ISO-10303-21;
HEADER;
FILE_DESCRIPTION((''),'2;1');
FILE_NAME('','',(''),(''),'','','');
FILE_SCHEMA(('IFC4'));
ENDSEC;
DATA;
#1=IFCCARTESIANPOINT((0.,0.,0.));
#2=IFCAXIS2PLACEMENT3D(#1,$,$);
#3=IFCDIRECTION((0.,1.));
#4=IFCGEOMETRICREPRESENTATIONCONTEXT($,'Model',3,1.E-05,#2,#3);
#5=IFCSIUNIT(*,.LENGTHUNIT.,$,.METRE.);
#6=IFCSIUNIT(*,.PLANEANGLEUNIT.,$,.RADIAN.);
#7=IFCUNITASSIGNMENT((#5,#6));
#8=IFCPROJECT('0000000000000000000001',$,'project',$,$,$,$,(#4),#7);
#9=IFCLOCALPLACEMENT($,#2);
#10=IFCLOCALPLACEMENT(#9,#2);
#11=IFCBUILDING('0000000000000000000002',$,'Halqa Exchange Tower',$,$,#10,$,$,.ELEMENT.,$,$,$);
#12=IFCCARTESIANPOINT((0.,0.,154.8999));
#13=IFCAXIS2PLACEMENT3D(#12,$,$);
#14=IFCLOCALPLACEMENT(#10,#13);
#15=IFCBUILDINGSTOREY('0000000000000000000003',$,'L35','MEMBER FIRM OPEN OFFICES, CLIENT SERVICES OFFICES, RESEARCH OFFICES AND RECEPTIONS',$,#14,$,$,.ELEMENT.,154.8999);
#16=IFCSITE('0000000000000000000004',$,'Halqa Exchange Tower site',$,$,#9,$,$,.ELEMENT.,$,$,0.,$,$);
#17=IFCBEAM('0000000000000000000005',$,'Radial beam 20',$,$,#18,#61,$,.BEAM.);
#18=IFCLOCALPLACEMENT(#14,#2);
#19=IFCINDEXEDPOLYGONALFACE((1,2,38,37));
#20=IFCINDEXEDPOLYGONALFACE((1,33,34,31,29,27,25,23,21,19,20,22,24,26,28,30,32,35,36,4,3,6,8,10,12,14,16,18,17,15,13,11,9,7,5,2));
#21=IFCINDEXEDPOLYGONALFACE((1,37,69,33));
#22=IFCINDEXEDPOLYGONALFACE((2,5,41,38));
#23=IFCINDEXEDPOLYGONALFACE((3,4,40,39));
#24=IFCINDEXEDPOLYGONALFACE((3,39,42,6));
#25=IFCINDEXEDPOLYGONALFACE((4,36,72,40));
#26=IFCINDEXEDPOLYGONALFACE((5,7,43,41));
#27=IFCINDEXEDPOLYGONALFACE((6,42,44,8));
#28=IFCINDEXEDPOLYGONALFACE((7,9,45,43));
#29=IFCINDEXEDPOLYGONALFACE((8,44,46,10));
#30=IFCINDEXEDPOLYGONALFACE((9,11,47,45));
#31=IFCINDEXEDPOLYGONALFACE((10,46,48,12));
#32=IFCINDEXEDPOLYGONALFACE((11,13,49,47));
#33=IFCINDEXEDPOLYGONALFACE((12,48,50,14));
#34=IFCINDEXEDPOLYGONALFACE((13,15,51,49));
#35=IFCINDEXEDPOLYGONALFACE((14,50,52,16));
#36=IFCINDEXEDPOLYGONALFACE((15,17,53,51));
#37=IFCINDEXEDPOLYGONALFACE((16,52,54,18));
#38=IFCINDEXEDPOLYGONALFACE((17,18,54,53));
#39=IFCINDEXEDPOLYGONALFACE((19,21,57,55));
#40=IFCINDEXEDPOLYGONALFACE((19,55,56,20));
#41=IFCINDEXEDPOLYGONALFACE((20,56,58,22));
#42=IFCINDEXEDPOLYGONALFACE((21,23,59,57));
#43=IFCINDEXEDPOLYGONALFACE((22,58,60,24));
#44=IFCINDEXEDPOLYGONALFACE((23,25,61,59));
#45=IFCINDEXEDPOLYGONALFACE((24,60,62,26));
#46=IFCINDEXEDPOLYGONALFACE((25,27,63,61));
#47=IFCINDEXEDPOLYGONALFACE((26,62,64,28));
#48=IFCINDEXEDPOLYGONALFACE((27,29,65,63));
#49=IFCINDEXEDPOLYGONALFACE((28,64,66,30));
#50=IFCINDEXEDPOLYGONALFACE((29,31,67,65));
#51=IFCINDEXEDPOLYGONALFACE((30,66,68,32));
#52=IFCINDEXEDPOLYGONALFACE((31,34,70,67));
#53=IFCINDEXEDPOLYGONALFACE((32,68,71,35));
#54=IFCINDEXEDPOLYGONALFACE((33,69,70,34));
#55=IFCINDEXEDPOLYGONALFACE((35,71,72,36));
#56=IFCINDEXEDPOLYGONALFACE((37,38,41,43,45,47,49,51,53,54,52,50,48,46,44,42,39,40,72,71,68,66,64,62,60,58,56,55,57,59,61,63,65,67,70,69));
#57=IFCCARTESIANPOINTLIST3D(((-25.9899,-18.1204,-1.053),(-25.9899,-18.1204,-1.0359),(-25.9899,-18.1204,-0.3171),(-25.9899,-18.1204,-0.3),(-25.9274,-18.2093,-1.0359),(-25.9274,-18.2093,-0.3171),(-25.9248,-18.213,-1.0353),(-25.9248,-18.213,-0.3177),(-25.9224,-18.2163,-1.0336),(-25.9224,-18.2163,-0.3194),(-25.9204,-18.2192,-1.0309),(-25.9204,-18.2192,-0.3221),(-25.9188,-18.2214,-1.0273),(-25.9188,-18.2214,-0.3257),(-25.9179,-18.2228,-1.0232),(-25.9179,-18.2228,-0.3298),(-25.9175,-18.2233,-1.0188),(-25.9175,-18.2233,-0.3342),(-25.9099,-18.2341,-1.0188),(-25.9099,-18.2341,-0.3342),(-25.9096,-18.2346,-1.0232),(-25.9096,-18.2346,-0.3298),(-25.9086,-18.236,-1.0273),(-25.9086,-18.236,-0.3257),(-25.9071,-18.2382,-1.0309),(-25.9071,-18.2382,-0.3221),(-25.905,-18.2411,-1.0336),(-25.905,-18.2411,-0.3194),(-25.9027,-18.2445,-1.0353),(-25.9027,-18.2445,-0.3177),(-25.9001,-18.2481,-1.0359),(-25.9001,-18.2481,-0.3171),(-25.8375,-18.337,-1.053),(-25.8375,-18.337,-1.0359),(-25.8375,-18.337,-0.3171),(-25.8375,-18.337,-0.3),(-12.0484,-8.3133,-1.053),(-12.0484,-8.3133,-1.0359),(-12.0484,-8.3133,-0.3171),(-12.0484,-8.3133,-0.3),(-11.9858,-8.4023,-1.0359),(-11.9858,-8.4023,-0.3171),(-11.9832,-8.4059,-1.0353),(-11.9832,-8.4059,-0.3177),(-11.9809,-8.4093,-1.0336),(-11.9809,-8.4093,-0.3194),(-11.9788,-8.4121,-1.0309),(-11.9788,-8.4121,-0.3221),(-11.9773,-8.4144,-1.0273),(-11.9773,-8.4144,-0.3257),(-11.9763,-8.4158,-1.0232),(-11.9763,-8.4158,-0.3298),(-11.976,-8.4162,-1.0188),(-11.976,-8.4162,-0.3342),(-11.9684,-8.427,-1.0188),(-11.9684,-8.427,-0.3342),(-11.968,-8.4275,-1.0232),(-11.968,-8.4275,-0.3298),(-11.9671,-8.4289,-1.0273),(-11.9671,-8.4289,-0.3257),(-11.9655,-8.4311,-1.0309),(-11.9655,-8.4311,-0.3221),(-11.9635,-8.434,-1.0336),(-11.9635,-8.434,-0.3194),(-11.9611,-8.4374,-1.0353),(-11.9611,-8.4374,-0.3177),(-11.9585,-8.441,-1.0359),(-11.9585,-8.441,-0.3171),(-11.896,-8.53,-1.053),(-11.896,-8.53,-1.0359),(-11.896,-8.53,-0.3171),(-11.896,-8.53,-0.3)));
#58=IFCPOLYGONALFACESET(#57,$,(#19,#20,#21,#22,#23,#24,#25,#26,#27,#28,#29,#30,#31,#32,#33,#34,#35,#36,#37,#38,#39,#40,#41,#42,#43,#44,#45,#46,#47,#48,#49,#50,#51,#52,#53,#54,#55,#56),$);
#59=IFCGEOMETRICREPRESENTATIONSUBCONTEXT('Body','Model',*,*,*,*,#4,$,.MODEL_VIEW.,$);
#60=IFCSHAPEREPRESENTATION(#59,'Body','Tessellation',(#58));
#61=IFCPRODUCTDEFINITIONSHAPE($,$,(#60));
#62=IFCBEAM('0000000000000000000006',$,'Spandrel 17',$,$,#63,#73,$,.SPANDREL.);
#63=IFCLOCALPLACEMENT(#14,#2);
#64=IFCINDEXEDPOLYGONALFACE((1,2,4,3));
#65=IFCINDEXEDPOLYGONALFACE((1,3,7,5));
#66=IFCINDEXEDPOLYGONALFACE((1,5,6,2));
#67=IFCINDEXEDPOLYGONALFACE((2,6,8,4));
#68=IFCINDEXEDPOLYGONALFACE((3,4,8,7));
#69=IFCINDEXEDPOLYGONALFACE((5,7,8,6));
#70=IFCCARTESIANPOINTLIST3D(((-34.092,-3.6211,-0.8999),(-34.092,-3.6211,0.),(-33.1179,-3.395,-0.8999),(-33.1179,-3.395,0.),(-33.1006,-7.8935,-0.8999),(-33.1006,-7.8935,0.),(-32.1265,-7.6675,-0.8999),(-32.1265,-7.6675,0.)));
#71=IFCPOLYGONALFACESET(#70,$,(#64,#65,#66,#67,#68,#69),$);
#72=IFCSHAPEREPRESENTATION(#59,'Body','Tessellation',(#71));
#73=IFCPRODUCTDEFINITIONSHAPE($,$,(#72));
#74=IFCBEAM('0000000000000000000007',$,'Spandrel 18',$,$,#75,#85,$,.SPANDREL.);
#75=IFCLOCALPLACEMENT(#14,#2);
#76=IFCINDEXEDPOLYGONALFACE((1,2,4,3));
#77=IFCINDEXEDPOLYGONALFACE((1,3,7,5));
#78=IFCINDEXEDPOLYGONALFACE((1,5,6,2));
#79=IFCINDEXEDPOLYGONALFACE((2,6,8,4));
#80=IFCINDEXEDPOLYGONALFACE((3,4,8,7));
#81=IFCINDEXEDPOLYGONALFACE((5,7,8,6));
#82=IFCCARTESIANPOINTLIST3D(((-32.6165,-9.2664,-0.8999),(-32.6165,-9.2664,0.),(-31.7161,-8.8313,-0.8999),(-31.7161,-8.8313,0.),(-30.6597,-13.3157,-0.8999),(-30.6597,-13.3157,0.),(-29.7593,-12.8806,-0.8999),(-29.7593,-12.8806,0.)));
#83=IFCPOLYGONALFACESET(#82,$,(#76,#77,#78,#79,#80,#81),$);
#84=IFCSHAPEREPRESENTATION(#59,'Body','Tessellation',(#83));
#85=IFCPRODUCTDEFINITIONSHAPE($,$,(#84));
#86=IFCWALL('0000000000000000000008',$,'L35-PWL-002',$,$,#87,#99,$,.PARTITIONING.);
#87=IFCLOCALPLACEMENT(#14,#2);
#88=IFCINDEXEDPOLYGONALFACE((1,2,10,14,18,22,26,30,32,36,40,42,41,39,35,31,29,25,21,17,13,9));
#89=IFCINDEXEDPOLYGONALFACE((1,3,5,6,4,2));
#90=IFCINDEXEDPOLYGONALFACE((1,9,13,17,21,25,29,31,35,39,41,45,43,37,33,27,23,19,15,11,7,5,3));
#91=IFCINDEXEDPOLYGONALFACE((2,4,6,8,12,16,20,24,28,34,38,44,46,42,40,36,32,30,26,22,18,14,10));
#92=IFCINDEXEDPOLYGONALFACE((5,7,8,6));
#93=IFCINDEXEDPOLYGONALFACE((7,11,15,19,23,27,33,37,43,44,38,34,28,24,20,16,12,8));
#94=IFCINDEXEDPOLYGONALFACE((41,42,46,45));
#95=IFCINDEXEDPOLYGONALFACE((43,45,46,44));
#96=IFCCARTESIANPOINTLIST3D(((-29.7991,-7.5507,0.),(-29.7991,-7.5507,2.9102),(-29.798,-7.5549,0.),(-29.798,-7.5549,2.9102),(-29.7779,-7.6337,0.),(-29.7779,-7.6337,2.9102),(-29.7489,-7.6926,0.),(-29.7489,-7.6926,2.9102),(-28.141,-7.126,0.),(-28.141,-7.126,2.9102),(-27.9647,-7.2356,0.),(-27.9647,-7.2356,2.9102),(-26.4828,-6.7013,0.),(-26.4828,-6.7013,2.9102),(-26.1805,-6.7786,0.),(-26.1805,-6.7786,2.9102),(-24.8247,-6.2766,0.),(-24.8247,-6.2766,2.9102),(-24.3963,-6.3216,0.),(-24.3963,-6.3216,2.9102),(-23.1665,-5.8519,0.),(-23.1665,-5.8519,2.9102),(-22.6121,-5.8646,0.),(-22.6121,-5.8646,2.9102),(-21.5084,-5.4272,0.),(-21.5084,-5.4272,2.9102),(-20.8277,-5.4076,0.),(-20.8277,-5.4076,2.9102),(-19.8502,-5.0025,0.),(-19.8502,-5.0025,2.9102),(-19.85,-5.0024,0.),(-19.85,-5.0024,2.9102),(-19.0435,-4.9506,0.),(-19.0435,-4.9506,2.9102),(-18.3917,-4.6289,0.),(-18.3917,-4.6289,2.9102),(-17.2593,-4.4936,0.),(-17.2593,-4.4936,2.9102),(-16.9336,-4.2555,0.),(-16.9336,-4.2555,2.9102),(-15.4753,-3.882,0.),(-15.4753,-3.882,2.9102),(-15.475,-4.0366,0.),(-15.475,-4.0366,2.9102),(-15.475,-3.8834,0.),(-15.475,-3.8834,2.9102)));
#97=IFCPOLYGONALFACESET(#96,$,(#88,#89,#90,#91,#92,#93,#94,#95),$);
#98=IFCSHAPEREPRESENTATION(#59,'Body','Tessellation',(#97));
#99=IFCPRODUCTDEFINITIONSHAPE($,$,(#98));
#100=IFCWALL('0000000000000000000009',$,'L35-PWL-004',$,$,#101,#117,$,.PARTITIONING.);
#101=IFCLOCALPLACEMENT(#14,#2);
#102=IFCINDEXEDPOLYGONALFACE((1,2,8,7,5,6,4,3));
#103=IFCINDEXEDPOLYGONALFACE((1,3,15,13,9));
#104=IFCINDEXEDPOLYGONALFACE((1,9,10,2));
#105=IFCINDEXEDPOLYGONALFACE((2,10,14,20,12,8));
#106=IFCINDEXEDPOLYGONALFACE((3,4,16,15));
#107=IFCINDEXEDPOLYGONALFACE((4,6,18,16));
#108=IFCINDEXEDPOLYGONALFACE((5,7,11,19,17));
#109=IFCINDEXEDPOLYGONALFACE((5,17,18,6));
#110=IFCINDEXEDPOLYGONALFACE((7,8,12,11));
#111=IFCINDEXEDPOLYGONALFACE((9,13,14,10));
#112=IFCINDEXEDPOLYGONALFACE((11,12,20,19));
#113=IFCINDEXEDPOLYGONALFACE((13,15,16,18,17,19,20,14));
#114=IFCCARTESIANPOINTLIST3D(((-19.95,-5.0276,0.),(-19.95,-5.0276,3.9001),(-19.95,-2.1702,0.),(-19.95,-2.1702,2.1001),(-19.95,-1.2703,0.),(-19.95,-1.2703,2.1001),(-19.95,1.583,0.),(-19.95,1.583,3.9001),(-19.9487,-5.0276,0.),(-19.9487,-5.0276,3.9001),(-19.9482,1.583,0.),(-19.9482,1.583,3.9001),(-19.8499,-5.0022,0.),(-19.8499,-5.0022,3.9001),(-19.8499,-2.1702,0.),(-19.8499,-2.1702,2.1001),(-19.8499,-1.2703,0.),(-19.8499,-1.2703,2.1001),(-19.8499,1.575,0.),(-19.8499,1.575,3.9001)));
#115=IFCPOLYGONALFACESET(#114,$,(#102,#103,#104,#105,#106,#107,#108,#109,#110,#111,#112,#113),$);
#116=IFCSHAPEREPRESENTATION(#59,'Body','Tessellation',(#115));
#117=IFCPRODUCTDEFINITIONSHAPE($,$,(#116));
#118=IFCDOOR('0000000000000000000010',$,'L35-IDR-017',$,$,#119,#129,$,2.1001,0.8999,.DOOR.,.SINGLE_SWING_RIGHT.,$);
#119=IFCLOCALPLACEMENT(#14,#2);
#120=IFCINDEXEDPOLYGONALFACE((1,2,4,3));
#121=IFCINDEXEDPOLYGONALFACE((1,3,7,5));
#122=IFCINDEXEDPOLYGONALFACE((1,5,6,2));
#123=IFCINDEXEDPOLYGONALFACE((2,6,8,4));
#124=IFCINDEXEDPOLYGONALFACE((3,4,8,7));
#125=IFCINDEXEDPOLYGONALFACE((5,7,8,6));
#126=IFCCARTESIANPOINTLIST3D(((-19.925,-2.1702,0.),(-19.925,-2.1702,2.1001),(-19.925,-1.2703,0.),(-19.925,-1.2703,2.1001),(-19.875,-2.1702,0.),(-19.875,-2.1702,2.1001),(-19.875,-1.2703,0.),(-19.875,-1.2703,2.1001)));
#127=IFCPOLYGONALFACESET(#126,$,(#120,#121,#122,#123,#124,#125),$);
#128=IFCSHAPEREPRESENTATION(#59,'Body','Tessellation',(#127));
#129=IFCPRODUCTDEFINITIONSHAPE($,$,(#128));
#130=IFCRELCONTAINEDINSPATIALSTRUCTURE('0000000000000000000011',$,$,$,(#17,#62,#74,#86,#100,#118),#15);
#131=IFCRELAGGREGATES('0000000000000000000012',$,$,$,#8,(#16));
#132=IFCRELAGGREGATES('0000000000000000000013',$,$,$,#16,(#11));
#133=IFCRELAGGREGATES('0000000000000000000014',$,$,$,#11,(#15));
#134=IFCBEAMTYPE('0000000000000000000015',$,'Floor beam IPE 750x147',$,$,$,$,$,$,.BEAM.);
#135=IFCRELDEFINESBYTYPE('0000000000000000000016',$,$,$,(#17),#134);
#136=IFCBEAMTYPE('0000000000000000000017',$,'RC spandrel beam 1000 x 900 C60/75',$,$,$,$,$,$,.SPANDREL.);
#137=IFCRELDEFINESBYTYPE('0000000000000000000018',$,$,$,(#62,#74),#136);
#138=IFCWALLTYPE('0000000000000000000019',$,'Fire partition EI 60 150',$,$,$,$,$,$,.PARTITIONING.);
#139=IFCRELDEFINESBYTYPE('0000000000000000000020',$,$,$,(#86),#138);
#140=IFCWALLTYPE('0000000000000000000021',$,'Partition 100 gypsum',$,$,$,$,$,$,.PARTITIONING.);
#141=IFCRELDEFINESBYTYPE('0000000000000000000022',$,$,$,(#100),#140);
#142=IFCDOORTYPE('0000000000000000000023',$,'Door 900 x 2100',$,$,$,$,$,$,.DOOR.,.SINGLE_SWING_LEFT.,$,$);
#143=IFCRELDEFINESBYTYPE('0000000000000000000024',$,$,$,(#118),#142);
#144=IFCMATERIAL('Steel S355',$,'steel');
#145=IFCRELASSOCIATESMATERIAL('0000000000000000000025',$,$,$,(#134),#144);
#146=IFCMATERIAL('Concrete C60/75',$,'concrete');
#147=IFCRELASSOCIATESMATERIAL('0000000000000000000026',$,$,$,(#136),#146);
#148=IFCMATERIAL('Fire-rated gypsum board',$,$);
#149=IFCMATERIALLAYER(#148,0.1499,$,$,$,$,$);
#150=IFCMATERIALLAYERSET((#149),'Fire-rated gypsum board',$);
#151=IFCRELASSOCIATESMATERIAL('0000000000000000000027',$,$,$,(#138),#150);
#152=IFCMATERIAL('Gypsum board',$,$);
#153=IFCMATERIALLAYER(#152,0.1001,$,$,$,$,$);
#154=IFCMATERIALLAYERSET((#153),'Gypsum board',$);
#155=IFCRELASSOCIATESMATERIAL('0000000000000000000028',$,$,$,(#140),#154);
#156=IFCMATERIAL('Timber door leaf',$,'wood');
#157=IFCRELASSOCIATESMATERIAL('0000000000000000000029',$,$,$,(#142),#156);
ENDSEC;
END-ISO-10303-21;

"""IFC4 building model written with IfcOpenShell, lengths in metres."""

from ifc_helpers import new_model, si_unit, direction, frame, frame_2d, origin, origin_2d, place, context, subcontext, project, spatial, polyline, rectangle, i_section, outline, extrude, material, layer, layer_set, material_profile, profile_set, type_object, element, fill, save


model = new_model("IFC4")

# Units and contexts
model_context = context("Model", 3, precision=1e-05, world=origin(), true_north=direction((0.0, 1.0)))
body_context = subcontext(model_context, "Body", "Model", "MODEL_VIEW")
ifc_project = project(units=[si_unit("LENGTHUNIT", "METRE"), si_unit("PLANEANGLEUNIT", "RADIAN")], contexts=[model_context])

# Site, building, storey
site_placement = place(None, origin())
site = spatial("IfcSite", under=ifc_project, at=site_placement, Name="Halqa Exchange Tower site", CompositionType="ELEMENT", RefElevation=0.0)
building_placement = place(site_placement, origin())
building = spatial("IfcBuilding", under=site, at=building_placement, Name="Halqa Exchange Tower", CompositionType="ELEMENT")
storey_placement = place(building_placement, frame((0.0, 0.0, 154.8999)))
storey = spatial("IfcBuildingStorey", under=building, at=storey_placement, Name="L35", Description="MEMBER FIRM OPEN OFFICES, CLIENT SERVICES OFFICES, RESEARCH OFFICES AND RECEPTIONS", CompositionType="ELEMENT", Elevation=154.8999)

# Beams
ifc_material_1 = material(Name="Steel S355", Category="steel")
ifc_material_profile_1 = material_profile(ifc_material_1, i_section(OverallWidth=0.2649, OverallDepth=0.7529, WebThickness=0.0132, FlangeThickness=0.0171, FilletRadius=0.0171, at=origin_2d()), Name="IPE 750x147")
ifc_profile_set_1 = profile_set([ifc_material_profile_1], Name="Steel S355")
beam_type_1 = type_object("IfcBeamType", Name="Floor beam IPE 750x147", PredefinedType="BEAM", material=ifc_profile_set_1)
beam_1_placement = place(storey_placement, frame((-11.9722, -8.4216, -0.6765), z_axis=(-0.817908, -0.57535, 0.0), x_axis=(0.57535, -0.817908, 0.0)))
element("IfcBeam", 1, at=beam_1_placement, inside=storey, type_object=beam_type_1, Name="Radial beam 20", PredefinedType="BEAM", context=body_context, shape_type="SweptSolid", body=[
    extrude(i_section(OverallWidth=0.2649, OverallDepth=0.7529, WebThickness=0.0132, FlangeThickness=0.0171, FilletRadius=0.0171, at=origin_2d()), origin(), (0.0, 0.0, 1.0), 17.0454),
])
ifc_material_2 = material(Name="Concrete C60/75", Category="concrete")
ifc_material_profile_2 = material_profile(ifc_material_2, rectangle(XDim=1.0, YDim=0.8999, at=origin_2d()), Name="1000 x 900")
ifc_profile_set_2 = profile_set([ifc_material_profile_2], Name="Concrete C60/75")
beam_type_2 = type_object("IfcBeamType", Name="RC spandrel beam 1000 x 900 C60/75", PredefinedType="SPANDREL", material=ifc_profile_set_2)
beam_2_placement = place(storey_placement, frame((-33.605, -3.5081, -0.45), z_axis=(0.22605, -0.974116, 0.0), x_axis=(0.974116, 0.22605, 0.0)))
element("IfcBeam", 2, at=beam_2_placement, inside=storey, type_object=beam_type_2, Name="Spandrel 17", PredefinedType="SPANDREL", context=body_context, shape_type="SweptSolid", body=[
    extrude(rectangle(XDim=1.0, YDim=0.8999, at=origin_2d()), origin(), (0.0, 0.0, 1.0), 4.386),
])
beam_3_placement = place(storey_placement, frame((-32.1663, -9.0488, -0.45), z_axis=(0.4351, -0.900382, 0.0), x_axis=(0.900382, 0.4351, 0.0)))
element("IfcBeam", 3, at=beam_3_placement, inside=storey, type_object=beam_type_2, Name="Spandrel 18", PredefinedType="SPANDREL", context=body_context, shape_type="SweptSolid", body=[
    extrude(rectangle(XDim=1.0, YDim=0.8999, at=origin_2d()), origin(), (0.0, 0.0, 1.0), 4.4973),
])

# Wall
ifc_material_3 = material(Name="Fire-rated gypsum board")
ifc_layer_1 = layer(ifc_material_3, 0.1499)
ifc_layer_set_1 = layer_set([ifc_layer_1], Name="Fire-rated gypsum board")
wall_type_1 = type_object("IfcWallType", Name="Fire partition EI 60 150", PredefinedType="PARTITIONING", material=ifc_layer_set_1)
wall_1_placement = place(storey_placement, frame((-29.7805, -7.6233, 0.0), z_axis=(0.0, 0.0, 1.0), x_axis=(0.96873, 0.248118, 0.0)))
element("IfcWall", 4, at=wall_1_placement, inside=storey, type_object=wall_type_1, Name="L35-PWL-002", PredefinedType="PARTITIONING", context=body_context, shape_type="SweptSolid", body=[
    extrude(outline(polyline([(0.0134, -0.075), (1.8552, -0.075), (3.697, -0.075), (5.5388, -0.075), (7.3806, -0.075), (9.2227, -0.075), (11.0645, -0.075), (12.9062, -0.075), (14.748, -0.075), (14.7861, 0.0735), (14.7861, 0.075), (13.2808, 0.075), (11.7756, 0.075), (10.2703, 0.075), (10.2703, 0.075), (10.27, 0.075), (8.5583, 0.075), (6.8467, 0.075), (5.135, 0.075), (3.4233, 0.075), (1.7117, 0.075), (0.0, 0.075), (0.0, 0.0706), (0.0, -0.0107), (0.0134, -0.075)])), origin(), (0.0, 0.0, 1.0), 2.9102),
])

# Wall, opening, door
ifc_material_4 = material(Name="Gypsum board")
ifc_layer_2 = layer(ifc_material_4, 0.1001)
ifc_layer_set_2 = layer_set([ifc_layer_2], Name="Gypsum board")
wall_type_2 = type_object("IfcWallType", Name="Partition 100 gypsum", PredefinedType="PARTITIONING", material=ifc_layer_set_2)
wall_2_placement = place(storey_placement, frame((-19.8999, -5.0276, 0.0), z_axis=(0.0, 0.0, 1.0), x_axis=(0.0, 1.0, 0.0)))
wall_2 = element("IfcWall", 5, at=wall_2_placement, inside=storey, type_object=wall_type_2, Name="L35-PWL-004", PredefinedType="PARTITIONING", context=body_context, shape_type="SweptSolid", body=[
    extrude(outline(polyline([(0.0254, -0.05), (1.6697, -0.05), (3.314, -0.05), (4.9583, -0.05), (6.6025, -0.05), (6.6106, 0.0483), (6.6106, 0.05), (4.958, 0.05), (3.3052, 0.05), (1.6526, 0.05), (0.0, 0.05), (0.0, 0.0488), (0.0254, -0.05)])), origin(), (0.0, 0.0, 1.0), 3.9001),
])
opening_1_placement = place(wall_2_placement, frame((2.8574, 0.0, 0.0)))
opening_1 = element("IfcOpeningElement", 6, at=opening_1_placement, cuts=wall_2, PredefinedType="OPENING", context=body_context, shape_type="SweptSolid", body=[
    extrude(rectangle(XDim=0.8999, YDim=2.1001, at=frame_2d((0.45, 1.05))), frame((0.0, 0.062, 0.0), z_axis=(0.0, -1.0, 0.0), x_axis=(1.0, 0.0, 0.0)), (0.0, 0.0, 1.0), 0.124),
])
ifc_material_5 = material(Name="Timber door leaf", Category="wood")
door_type_1 = type_object("IfcDoorType", Name="Door 900 x 2100", OperationType="SINGLE_SWING_LEFT", PredefinedType="DOOR", material=ifc_material_5)
door_1_placement = place(opening_1_placement, frame((0.8999, 0.0, 0.0), z_axis=(0.0, 0.0, 1.0), x_axis=(-1.0, 0.0, 0.0)))
door_1 = element("IfcDoor", 7, at=door_1_placement, inside=storey, type_object=door_type_1, Name="L35-IDR-017", OperationType="SINGLE_SWING_RIGHT", OverallHeight=2.1001, OverallWidth=0.8999, PredefinedType="DOOR", context=body_context, shape_type="SweptSolid", body=[
    extrude(rectangle(XDim=0.8999, YDim=2.1001, at=frame_2d((0.45, 1.05))), frame((0.0, 0.0249, 0.0), z_axis=(0.0, -1.0, 0.0), x_axis=(1.0, 0.0, 0.0)), (0.0, 0.0, 1.0), 0.05),
])
fill(opening_1, door_1)

save(model, "model.ifc")
